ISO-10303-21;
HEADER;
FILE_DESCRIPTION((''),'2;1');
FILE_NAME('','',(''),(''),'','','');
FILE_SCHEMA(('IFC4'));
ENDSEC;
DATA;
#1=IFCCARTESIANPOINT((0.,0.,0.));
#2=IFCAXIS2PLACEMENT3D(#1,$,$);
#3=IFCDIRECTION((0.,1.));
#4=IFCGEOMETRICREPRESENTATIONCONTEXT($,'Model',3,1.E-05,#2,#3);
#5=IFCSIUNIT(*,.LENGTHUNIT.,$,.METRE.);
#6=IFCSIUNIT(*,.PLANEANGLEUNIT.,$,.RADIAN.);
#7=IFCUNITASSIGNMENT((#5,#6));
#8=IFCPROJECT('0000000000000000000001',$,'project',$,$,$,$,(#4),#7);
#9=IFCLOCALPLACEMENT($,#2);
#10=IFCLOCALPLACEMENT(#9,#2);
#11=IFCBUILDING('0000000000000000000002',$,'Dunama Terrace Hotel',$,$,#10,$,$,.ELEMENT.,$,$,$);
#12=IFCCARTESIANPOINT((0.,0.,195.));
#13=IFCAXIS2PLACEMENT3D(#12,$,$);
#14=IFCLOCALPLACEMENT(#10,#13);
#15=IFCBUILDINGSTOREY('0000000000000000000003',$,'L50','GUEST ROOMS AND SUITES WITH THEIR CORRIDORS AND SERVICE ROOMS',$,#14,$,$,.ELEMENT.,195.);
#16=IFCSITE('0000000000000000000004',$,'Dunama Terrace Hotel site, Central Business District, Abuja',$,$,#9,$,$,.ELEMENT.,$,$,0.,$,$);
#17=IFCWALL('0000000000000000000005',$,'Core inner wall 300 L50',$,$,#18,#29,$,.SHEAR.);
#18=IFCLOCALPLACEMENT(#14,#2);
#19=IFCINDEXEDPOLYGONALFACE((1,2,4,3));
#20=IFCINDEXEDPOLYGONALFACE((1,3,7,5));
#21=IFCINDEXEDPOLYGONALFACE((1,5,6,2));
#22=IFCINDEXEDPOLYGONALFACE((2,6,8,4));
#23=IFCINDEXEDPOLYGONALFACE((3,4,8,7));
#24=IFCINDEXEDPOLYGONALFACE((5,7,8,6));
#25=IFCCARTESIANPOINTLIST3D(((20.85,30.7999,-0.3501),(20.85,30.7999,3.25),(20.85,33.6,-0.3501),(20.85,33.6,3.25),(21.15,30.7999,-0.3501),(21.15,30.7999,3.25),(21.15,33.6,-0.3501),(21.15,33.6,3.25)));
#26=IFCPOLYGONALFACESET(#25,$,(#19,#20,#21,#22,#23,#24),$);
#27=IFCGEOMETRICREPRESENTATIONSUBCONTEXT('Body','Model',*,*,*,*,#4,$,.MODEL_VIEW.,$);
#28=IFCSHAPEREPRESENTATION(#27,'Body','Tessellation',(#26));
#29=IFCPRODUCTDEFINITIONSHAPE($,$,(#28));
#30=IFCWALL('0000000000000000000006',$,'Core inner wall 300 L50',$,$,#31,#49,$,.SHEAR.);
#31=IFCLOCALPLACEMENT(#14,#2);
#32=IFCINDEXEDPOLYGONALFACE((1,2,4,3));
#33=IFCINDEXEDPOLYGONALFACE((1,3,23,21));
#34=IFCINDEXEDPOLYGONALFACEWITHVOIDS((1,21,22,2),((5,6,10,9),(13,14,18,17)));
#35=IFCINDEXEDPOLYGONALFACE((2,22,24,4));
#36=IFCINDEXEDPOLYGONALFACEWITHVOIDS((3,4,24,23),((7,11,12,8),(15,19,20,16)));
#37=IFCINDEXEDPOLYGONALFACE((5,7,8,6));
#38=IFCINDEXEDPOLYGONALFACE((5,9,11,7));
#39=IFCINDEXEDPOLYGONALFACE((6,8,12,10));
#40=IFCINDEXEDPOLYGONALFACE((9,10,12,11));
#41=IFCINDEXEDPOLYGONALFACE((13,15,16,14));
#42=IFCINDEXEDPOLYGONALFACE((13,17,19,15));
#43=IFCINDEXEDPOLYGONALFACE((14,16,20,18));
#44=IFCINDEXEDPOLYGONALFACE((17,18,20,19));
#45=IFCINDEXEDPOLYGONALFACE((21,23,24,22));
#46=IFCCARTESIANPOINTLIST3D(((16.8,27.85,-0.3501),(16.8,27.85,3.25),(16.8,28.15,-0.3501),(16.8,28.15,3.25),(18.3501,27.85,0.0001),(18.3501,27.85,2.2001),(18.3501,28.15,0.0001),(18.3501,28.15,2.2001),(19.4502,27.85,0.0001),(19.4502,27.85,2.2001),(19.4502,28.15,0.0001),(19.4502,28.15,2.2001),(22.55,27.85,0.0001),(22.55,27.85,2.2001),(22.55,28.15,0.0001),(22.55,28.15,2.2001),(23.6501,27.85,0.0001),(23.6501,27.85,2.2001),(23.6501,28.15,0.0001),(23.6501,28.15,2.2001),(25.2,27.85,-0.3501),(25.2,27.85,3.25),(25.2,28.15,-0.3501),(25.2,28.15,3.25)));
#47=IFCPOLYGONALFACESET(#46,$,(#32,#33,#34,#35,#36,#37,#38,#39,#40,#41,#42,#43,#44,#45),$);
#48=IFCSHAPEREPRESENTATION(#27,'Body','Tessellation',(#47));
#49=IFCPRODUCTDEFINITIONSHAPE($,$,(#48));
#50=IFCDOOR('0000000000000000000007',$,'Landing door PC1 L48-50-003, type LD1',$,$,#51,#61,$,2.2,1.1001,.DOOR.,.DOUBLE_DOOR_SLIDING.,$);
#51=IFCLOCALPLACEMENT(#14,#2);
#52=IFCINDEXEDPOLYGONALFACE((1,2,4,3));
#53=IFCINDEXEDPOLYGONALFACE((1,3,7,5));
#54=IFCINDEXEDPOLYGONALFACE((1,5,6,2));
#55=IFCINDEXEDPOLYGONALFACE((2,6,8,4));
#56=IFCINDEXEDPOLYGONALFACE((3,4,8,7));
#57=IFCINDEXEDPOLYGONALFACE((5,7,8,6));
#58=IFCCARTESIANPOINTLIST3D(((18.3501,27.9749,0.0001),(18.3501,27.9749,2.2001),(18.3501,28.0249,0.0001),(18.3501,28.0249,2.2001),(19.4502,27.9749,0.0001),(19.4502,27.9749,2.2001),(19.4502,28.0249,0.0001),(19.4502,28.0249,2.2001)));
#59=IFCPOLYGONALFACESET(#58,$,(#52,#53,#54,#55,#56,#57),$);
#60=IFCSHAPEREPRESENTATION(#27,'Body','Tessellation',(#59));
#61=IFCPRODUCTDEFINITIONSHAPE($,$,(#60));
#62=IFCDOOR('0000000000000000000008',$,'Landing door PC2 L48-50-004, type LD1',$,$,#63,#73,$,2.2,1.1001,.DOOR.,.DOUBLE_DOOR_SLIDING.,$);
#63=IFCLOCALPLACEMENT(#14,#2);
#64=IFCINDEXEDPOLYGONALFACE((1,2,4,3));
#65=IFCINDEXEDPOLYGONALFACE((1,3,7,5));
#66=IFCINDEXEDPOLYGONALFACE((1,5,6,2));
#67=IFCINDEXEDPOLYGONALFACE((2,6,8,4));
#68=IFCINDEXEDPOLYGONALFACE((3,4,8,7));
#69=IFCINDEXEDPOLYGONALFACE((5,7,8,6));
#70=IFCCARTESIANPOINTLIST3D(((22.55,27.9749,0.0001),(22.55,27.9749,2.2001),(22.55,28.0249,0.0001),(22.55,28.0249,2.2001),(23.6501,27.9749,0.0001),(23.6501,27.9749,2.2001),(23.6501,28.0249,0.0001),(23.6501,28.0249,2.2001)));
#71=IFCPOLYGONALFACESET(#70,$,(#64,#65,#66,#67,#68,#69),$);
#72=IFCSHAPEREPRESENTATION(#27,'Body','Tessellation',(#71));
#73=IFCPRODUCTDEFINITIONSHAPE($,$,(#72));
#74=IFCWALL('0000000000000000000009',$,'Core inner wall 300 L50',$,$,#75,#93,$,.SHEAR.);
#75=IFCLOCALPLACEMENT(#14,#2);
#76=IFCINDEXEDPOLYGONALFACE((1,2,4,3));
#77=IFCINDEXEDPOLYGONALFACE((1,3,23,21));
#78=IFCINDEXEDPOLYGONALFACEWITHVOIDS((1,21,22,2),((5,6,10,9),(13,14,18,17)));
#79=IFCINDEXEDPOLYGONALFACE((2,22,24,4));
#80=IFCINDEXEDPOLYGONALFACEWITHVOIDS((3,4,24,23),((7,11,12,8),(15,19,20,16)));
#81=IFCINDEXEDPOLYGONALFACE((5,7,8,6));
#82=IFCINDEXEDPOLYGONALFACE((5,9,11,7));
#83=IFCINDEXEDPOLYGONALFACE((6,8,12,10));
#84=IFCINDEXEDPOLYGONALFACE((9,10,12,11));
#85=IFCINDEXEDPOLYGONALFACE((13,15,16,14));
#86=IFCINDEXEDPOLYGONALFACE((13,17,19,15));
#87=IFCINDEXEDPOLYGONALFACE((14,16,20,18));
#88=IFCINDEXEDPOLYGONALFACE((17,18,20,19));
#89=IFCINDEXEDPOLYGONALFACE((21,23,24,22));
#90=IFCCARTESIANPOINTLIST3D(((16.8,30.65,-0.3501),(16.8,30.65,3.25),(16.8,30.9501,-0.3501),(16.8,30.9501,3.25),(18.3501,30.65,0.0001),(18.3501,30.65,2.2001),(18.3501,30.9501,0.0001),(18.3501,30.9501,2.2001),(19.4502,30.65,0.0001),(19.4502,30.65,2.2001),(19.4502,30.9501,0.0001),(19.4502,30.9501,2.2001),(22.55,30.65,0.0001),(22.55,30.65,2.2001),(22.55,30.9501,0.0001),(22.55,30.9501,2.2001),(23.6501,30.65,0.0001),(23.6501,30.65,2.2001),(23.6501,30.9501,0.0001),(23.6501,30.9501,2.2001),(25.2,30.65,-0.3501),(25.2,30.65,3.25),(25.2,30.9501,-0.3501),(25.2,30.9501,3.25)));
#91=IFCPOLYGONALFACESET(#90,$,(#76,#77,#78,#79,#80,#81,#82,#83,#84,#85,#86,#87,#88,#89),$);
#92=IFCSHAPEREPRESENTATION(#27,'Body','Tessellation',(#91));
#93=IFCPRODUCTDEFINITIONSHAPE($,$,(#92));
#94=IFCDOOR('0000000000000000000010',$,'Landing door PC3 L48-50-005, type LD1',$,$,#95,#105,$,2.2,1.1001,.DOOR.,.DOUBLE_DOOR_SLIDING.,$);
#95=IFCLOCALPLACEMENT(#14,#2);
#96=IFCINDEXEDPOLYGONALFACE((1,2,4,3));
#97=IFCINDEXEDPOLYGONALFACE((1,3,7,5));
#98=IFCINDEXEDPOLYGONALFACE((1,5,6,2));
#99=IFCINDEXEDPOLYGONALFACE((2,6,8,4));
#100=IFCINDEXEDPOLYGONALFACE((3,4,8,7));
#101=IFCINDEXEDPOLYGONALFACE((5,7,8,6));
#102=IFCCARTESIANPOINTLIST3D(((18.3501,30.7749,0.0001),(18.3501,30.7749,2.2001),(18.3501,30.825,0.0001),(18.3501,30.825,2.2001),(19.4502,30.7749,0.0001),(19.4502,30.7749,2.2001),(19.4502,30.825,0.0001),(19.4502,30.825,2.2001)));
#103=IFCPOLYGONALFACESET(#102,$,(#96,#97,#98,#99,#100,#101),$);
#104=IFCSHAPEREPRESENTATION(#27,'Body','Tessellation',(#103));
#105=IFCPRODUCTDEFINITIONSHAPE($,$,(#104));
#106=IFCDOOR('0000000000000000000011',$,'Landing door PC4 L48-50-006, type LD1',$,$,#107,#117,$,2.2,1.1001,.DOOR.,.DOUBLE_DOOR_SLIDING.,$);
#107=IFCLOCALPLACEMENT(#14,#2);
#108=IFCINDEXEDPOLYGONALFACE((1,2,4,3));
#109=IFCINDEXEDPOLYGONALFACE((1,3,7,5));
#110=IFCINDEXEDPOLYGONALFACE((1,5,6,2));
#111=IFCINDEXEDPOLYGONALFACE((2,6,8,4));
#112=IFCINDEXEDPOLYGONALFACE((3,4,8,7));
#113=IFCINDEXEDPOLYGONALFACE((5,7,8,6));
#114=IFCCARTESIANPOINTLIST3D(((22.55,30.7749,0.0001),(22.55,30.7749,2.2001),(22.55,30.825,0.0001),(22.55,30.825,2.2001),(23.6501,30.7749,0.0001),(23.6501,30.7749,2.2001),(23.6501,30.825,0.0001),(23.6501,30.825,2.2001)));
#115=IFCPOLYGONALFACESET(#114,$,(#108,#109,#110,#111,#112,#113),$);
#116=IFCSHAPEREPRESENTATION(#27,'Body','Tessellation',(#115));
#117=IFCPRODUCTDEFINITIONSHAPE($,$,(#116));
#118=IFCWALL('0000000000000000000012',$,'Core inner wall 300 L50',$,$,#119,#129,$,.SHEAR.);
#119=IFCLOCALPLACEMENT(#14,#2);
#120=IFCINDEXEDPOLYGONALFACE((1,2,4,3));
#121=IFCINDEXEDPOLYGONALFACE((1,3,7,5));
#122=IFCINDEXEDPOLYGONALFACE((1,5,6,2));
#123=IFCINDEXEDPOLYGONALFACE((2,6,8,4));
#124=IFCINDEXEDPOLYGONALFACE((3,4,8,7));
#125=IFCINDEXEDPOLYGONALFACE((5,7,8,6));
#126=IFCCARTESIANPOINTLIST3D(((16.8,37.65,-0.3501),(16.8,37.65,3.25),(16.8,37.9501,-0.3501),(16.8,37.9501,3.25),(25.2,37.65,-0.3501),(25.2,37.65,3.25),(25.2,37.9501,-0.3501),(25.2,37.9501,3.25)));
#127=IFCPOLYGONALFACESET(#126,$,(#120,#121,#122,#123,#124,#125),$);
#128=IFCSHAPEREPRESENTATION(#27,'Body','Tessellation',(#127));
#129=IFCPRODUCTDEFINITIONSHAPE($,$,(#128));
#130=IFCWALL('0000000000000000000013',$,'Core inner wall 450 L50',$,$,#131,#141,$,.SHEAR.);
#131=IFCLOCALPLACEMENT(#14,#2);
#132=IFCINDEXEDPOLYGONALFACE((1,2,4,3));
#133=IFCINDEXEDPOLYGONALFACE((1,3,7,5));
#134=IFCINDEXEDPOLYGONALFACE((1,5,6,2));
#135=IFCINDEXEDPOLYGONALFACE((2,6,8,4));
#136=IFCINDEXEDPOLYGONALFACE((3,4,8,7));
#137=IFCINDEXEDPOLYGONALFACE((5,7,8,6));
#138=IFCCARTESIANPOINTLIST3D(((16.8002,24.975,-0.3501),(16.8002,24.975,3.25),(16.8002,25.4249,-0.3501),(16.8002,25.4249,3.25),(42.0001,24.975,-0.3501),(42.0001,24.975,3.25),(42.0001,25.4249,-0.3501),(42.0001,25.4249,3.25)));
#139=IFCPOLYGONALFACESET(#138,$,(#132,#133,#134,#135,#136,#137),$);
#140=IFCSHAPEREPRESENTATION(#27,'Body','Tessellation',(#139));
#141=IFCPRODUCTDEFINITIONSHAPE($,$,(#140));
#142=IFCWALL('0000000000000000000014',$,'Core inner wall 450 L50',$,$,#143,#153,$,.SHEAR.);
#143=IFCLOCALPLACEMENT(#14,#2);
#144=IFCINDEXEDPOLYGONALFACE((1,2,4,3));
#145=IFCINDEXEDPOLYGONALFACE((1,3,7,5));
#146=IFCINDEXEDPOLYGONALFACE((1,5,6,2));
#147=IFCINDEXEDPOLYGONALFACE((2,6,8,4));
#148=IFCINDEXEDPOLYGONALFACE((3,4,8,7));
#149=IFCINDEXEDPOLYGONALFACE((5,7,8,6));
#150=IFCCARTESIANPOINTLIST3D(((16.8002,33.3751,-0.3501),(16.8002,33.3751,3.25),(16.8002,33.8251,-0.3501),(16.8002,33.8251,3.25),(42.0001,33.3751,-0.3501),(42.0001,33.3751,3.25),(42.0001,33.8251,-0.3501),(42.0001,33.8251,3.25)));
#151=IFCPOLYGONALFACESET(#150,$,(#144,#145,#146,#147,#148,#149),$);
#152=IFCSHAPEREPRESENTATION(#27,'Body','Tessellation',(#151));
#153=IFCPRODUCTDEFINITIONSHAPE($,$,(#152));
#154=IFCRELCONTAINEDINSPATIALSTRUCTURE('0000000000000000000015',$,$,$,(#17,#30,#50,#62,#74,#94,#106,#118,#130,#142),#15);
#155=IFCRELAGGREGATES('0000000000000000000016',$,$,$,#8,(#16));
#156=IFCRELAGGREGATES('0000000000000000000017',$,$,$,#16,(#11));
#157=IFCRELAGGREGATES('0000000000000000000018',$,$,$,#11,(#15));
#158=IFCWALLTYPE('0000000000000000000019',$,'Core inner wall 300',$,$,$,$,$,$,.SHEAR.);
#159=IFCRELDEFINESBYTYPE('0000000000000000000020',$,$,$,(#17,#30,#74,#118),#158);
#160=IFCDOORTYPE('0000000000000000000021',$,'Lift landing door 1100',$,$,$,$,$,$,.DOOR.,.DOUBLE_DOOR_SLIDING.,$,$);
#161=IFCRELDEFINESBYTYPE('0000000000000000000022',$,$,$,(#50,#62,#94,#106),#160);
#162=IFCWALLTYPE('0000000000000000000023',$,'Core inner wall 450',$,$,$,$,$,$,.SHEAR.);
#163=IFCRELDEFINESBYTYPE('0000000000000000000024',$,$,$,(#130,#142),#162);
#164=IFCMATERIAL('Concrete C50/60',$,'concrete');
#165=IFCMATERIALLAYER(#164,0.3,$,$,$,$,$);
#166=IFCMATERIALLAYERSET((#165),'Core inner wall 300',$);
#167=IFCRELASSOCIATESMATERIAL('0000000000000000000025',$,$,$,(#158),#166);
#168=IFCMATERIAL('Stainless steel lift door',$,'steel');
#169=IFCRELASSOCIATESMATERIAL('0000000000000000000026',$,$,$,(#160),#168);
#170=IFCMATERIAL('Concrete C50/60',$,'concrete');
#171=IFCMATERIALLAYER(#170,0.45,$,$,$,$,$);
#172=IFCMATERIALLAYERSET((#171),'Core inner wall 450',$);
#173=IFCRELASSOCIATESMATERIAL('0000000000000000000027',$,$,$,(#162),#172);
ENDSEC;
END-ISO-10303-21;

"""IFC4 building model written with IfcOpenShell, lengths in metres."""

from ifc_helpers import new_model, si_unit, direction, frame, frame_2d, origin, place, context, subcontext, project, spatial, rectangle, extrude, material, layer, layer_set, type_object, element, fill, save


model = new_model("IFC4")

# Units and contexts
model_context = context("Model", 3, precision=1e-05, world=origin(), true_north=direction((0.0, 1.0)))
body_context = subcontext(model_context, "Body", "Model", "MODEL_VIEW")
ifc_project = project(units=[si_unit("LENGTHUNIT", "METRE"), si_unit("PLANEANGLEUNIT", "RADIAN")], contexts=[model_context])

# Site, building, storey
site_placement = place(None, origin())
site = spatial("IfcSite", under=ifc_project, at=site_placement, Name="Dunama Terrace Hotel site, Central Business District, Abuja", CompositionType="ELEMENT", RefElevation=0.0)
building_placement = place(site_placement, origin())
building = spatial("IfcBuilding", under=site, at=building_placement, Name="Dunama Terrace Hotel", CompositionType="ELEMENT")
storey_placement = place(building_placement, frame((0.0, 0.0, 195.0)))
storey = spatial("IfcBuildingStorey", under=building, at=storey_placement, Name="L50", Description="GUEST ROOMS AND SUITES WITH THEIR CORRIDORS AND SERVICE ROOMS", CompositionType="ELEMENT", Elevation=195.0)

# Wall
ifc_material_1 = material(Name="Concrete C50/60", Category="concrete")
ifc_layer_1 = layer(ifc_material_1, 0.3)
ifc_layer_set_1 = layer_set([ifc_layer_1], Name="Core inner wall 300")
wall_type_1 = type_object("IfcWallType", Name="Core inner wall 300", PredefinedType="SHEAR", material=ifc_layer_set_1)
wall_1_placement = place(storey_placement, frame((21.0, 30.8, -0.3501), z_axis=(0.0, 0.0, 1.0), x_axis=(0.0, 1.0, 0.0)))
element("IfcWall", 1, at=wall_1_placement, inside=storey, type_object=wall_type_1, Name="Core inner wall 300 L50", PredefinedType="SHEAR", context=body_context, shape_type="SweptSolid", body=[
    extrude(rectangle(XDim=2.8, YDim=0.3, at=frame_2d((1.3999, 0.0))), origin(), (0.0, 0.0, 1.0), 3.6001),
])

# Walls, openings, doors
wall_2_placement = place(storey_placement, frame((16.8, 28.0, -0.3501), z_axis=(0.0, 0.0, 1.0), x_axis=(1.0, 0.0, 0.0)))
wall_2 = element("IfcWall", 2, at=wall_2_placement, inside=storey, type_object=wall_type_1, Name="Core inner wall 300 L50", PredefinedType="SHEAR", context=body_context, shape_type="SweptSolid", body=[
    extrude(rectangle(XDim=8.3999, YDim=0.3, at=frame_2d((4.2, 0.0))), origin(), (0.0, 0.0, 1.0), 3.6001),
])
opening_1_placement = place(wall_2_placement, frame((1.55, 0.0, 0.3501)))
opening_1 = element("IfcOpeningElement", 3, at=opening_1_placement, cuts=wall_2, PredefinedType="OPENING", context=body_context, shape_type="SweptSolid", body=[
    extrude(rectangle(XDim=1.1001, YDim=2.2, at=frame_2d((0.55, 1.1001))), frame((0.0, 0.1599, 0.0), z_axis=(0.0, -1.0, 0.0), x_axis=(1.0, 0.0, 0.0)), (0.0, 0.0, 1.0), 0.3201),
])
opening_2_placement = place(wall_2_placement, frame((5.75, 0.0, 0.3501)))
opening_2 = element("IfcOpeningElement", 4, at=opening_2_placement, cuts=wall_2, PredefinedType="OPENING", context=body_context, shape_type="SweptSolid", body=[
    extrude(rectangle(XDim=1.1001, YDim=2.2, at=frame_2d((0.55, 1.1001))), frame((0.0, 0.1599, 0.0), z_axis=(0.0, -1.0, 0.0), x_axis=(1.0, 0.0, 0.0)), (0.0, 0.0, 1.0), 0.3201),
])
ifc_material_2 = material(Name="Stainless steel lift door", Category="steel")
door_type_1 = type_object("IfcDoorType", Name="Lift landing door 1100", OperationType="DOUBLE_DOOR_SLIDING", PredefinedType="DOOR", material=ifc_material_2)
door_1_placement = place(opening_1_placement, origin())
door_1 = element("IfcDoor", 5, at=door_1_placement, inside=storey, type_object=door_type_1, Name="Landing door PC1 L48-50-003, type LD1", OperationType="DOUBLE_DOOR_SLIDING", OverallHeight=2.2, OverallWidth=1.1001, PredefinedType="DOOR", context=body_context, shape_type="SweptSolid", body=[
    extrude(rectangle(XDim=1.1001, YDim=2.2, at=frame_2d((0.55, 1.1001))), frame((0.0, 0.0249, 0.0), z_axis=(0.0, -1.0, 0.0), x_axis=(1.0, 0.0, 0.0)), (0.0, 0.0, 1.0), 0.05),
])
fill(opening_1, door_1)
door_2_placement = place(opening_2_placement, origin())
door_2 = element("IfcDoor", 6, at=door_2_placement, inside=storey, type_object=door_type_1, Name="Landing door PC2 L48-50-004, type LD1", OperationType="DOUBLE_DOOR_SLIDING", OverallHeight=2.2, OverallWidth=1.1001, PredefinedType="DOOR", context=body_context, shape_type="SweptSolid", body=[
    extrude(rectangle(XDim=1.1001, YDim=2.2, at=frame_2d((0.55, 1.1001))), frame((0.0, 0.0249, 0.0), z_axis=(0.0, -1.0, 0.0), x_axis=(1.0, 0.0, 0.0)), (0.0, 0.0, 1.0), 0.05),
])
fill(opening_2, door_2)
wall_3_placement = place(storey_placement, frame((16.8, 30.8, -0.3501), z_axis=(0.0, 0.0, 1.0), x_axis=(1.0, 0.0, 0.0)))
wall_3 = element("IfcWall", 7, at=wall_3_placement, inside=storey, type_object=wall_type_1, Name="Core inner wall 300 L50", PredefinedType="SHEAR", context=body_context, shape_type="SweptSolid", body=[
    extrude(rectangle(XDim=8.3999, YDim=0.3, at=frame_2d((4.2, 0.0))), origin(), (0.0, 0.0, 1.0), 3.6001),
])
opening_3_placement = place(wall_3_placement, frame((1.55, 0.0, 0.3501)))
opening_3 = element("IfcOpeningElement", 8, at=opening_3_placement, cuts=wall_3, PredefinedType="OPENING", context=body_context, shape_type="SweptSolid", body=[
    extrude(rectangle(XDim=1.1001, YDim=2.2, at=frame_2d((0.55, 1.1001))), frame((0.0, 0.1599, 0.0), z_axis=(0.0, -1.0, 0.0), x_axis=(1.0, 0.0, 0.0)), (0.0, 0.0, 1.0), 0.3201),
])
opening_4_placement = place(wall_3_placement, frame((5.75, 0.0, 0.3501)))
opening_4 = element("IfcOpeningElement", 9, at=opening_4_placement, cuts=wall_3, PredefinedType="OPENING", context=body_context, shape_type="SweptSolid", body=[
    extrude(rectangle(XDim=1.1001, YDim=2.2, at=frame_2d((0.55, 1.1001))), frame((0.0, 0.1599, 0.0), z_axis=(0.0, -1.0, 0.0), x_axis=(1.0, 0.0, 0.0)), (0.0, 0.0, 1.0), 0.3201),
])
door_3_placement = place(opening_3_placement, origin())
door_3 = element("IfcDoor", 10, at=door_3_placement, inside=storey, type_object=door_type_1, Name="Landing door PC3 L48-50-005, type LD1", OperationType="DOUBLE_DOOR_SLIDING", OverallHeight=2.2, OverallWidth=1.1001, PredefinedType="DOOR", context=body_context, shape_type="SweptSolid", body=[
    extrude(rectangle(XDim=1.1001, YDim=2.2, at=frame_2d((0.55, 1.1001))), frame((0.0, 0.0249, 0.0), z_axis=(0.0, -1.0, 0.0), x_axis=(1.0, 0.0, 0.0)), (0.0, 0.0, 1.0), 0.05),
])
fill(opening_3, door_3)
door_4_placement = place(opening_4_placement, origin())
door_4 = element("IfcDoor", 11, at=door_4_placement, inside=storey, type_object=door_type_1, Name="Landing door PC4 L48-50-006, type LD1", OperationType="DOUBLE_DOOR_SLIDING", OverallHeight=2.2, OverallWidth=1.1001, PredefinedType="DOOR", context=body_context, shape_type="SweptSolid", body=[
    extrude(rectangle(XDim=1.1001, YDim=2.2, at=frame_2d((0.55, 1.1001))), frame((0.0, 0.0249, 0.0), z_axis=(0.0, -1.0, 0.0), x_axis=(1.0, 0.0, 0.0)), (0.0, 0.0, 1.0), 0.05),
])
fill(opening_4, door_4)

# Walls
wall_4_placement = place(storey_placement, frame((16.8, 37.8, -0.3501), z_axis=(0.0, 0.0, 1.0), x_axis=(1.0, 0.0, 0.0)))
element("IfcWall", 12, at=wall_4_placement, inside=storey, type_object=wall_type_1, Name="Core inner wall 300 L50", PredefinedType="SHEAR", context=body_context, shape_type="SweptSolid", body=[
    extrude(rectangle(XDim=8.3999, YDim=0.3, at=frame_2d((4.2, 0.0))), origin(), (0.0, 0.0, 1.0), 3.6001),
])
ifc_material_3 = material(Name="Concrete C50/60", Category="concrete")
ifc_layer_2 = layer(ifc_material_3, 0.45)
ifc_layer_set_2 = layer_set([ifc_layer_2], Name="Core inner wall 450")
wall_type_2 = type_object("IfcWallType", Name="Core inner wall 450", PredefinedType="SHEAR", material=ifc_layer_set_2)
for number, where, z_axis, x_axis, name in (
    (13, (16.8, 25.2, -0.3501), (0.0, 0.0, 1.0), (1.0, 0.0, 0.0), "Core inner wall 450 L50"),
    (14, (16.8, 33.6001, -0.3501), (0.0, 0.0, 1.0), (1.0, 0.0, 0.0), "Core inner wall 450 L50"),
):
    element("IfcWall", number, at=place(storey_placement, frame(where, z_axis=z_axis, x_axis=x_axis)), inside=storey, type_object=wall_type_2, Name=name, PredefinedType="SHEAR", context=body_context, shape_type="SweptSolid", body=[
        extrude(rectangle(XDim=25.2, YDim=0.45, at=frame_2d((12.6001, 0.0))), origin(), (0.0, 0.0, 1.0), 3.6001),
    ])

save(model, "model.ifc")
